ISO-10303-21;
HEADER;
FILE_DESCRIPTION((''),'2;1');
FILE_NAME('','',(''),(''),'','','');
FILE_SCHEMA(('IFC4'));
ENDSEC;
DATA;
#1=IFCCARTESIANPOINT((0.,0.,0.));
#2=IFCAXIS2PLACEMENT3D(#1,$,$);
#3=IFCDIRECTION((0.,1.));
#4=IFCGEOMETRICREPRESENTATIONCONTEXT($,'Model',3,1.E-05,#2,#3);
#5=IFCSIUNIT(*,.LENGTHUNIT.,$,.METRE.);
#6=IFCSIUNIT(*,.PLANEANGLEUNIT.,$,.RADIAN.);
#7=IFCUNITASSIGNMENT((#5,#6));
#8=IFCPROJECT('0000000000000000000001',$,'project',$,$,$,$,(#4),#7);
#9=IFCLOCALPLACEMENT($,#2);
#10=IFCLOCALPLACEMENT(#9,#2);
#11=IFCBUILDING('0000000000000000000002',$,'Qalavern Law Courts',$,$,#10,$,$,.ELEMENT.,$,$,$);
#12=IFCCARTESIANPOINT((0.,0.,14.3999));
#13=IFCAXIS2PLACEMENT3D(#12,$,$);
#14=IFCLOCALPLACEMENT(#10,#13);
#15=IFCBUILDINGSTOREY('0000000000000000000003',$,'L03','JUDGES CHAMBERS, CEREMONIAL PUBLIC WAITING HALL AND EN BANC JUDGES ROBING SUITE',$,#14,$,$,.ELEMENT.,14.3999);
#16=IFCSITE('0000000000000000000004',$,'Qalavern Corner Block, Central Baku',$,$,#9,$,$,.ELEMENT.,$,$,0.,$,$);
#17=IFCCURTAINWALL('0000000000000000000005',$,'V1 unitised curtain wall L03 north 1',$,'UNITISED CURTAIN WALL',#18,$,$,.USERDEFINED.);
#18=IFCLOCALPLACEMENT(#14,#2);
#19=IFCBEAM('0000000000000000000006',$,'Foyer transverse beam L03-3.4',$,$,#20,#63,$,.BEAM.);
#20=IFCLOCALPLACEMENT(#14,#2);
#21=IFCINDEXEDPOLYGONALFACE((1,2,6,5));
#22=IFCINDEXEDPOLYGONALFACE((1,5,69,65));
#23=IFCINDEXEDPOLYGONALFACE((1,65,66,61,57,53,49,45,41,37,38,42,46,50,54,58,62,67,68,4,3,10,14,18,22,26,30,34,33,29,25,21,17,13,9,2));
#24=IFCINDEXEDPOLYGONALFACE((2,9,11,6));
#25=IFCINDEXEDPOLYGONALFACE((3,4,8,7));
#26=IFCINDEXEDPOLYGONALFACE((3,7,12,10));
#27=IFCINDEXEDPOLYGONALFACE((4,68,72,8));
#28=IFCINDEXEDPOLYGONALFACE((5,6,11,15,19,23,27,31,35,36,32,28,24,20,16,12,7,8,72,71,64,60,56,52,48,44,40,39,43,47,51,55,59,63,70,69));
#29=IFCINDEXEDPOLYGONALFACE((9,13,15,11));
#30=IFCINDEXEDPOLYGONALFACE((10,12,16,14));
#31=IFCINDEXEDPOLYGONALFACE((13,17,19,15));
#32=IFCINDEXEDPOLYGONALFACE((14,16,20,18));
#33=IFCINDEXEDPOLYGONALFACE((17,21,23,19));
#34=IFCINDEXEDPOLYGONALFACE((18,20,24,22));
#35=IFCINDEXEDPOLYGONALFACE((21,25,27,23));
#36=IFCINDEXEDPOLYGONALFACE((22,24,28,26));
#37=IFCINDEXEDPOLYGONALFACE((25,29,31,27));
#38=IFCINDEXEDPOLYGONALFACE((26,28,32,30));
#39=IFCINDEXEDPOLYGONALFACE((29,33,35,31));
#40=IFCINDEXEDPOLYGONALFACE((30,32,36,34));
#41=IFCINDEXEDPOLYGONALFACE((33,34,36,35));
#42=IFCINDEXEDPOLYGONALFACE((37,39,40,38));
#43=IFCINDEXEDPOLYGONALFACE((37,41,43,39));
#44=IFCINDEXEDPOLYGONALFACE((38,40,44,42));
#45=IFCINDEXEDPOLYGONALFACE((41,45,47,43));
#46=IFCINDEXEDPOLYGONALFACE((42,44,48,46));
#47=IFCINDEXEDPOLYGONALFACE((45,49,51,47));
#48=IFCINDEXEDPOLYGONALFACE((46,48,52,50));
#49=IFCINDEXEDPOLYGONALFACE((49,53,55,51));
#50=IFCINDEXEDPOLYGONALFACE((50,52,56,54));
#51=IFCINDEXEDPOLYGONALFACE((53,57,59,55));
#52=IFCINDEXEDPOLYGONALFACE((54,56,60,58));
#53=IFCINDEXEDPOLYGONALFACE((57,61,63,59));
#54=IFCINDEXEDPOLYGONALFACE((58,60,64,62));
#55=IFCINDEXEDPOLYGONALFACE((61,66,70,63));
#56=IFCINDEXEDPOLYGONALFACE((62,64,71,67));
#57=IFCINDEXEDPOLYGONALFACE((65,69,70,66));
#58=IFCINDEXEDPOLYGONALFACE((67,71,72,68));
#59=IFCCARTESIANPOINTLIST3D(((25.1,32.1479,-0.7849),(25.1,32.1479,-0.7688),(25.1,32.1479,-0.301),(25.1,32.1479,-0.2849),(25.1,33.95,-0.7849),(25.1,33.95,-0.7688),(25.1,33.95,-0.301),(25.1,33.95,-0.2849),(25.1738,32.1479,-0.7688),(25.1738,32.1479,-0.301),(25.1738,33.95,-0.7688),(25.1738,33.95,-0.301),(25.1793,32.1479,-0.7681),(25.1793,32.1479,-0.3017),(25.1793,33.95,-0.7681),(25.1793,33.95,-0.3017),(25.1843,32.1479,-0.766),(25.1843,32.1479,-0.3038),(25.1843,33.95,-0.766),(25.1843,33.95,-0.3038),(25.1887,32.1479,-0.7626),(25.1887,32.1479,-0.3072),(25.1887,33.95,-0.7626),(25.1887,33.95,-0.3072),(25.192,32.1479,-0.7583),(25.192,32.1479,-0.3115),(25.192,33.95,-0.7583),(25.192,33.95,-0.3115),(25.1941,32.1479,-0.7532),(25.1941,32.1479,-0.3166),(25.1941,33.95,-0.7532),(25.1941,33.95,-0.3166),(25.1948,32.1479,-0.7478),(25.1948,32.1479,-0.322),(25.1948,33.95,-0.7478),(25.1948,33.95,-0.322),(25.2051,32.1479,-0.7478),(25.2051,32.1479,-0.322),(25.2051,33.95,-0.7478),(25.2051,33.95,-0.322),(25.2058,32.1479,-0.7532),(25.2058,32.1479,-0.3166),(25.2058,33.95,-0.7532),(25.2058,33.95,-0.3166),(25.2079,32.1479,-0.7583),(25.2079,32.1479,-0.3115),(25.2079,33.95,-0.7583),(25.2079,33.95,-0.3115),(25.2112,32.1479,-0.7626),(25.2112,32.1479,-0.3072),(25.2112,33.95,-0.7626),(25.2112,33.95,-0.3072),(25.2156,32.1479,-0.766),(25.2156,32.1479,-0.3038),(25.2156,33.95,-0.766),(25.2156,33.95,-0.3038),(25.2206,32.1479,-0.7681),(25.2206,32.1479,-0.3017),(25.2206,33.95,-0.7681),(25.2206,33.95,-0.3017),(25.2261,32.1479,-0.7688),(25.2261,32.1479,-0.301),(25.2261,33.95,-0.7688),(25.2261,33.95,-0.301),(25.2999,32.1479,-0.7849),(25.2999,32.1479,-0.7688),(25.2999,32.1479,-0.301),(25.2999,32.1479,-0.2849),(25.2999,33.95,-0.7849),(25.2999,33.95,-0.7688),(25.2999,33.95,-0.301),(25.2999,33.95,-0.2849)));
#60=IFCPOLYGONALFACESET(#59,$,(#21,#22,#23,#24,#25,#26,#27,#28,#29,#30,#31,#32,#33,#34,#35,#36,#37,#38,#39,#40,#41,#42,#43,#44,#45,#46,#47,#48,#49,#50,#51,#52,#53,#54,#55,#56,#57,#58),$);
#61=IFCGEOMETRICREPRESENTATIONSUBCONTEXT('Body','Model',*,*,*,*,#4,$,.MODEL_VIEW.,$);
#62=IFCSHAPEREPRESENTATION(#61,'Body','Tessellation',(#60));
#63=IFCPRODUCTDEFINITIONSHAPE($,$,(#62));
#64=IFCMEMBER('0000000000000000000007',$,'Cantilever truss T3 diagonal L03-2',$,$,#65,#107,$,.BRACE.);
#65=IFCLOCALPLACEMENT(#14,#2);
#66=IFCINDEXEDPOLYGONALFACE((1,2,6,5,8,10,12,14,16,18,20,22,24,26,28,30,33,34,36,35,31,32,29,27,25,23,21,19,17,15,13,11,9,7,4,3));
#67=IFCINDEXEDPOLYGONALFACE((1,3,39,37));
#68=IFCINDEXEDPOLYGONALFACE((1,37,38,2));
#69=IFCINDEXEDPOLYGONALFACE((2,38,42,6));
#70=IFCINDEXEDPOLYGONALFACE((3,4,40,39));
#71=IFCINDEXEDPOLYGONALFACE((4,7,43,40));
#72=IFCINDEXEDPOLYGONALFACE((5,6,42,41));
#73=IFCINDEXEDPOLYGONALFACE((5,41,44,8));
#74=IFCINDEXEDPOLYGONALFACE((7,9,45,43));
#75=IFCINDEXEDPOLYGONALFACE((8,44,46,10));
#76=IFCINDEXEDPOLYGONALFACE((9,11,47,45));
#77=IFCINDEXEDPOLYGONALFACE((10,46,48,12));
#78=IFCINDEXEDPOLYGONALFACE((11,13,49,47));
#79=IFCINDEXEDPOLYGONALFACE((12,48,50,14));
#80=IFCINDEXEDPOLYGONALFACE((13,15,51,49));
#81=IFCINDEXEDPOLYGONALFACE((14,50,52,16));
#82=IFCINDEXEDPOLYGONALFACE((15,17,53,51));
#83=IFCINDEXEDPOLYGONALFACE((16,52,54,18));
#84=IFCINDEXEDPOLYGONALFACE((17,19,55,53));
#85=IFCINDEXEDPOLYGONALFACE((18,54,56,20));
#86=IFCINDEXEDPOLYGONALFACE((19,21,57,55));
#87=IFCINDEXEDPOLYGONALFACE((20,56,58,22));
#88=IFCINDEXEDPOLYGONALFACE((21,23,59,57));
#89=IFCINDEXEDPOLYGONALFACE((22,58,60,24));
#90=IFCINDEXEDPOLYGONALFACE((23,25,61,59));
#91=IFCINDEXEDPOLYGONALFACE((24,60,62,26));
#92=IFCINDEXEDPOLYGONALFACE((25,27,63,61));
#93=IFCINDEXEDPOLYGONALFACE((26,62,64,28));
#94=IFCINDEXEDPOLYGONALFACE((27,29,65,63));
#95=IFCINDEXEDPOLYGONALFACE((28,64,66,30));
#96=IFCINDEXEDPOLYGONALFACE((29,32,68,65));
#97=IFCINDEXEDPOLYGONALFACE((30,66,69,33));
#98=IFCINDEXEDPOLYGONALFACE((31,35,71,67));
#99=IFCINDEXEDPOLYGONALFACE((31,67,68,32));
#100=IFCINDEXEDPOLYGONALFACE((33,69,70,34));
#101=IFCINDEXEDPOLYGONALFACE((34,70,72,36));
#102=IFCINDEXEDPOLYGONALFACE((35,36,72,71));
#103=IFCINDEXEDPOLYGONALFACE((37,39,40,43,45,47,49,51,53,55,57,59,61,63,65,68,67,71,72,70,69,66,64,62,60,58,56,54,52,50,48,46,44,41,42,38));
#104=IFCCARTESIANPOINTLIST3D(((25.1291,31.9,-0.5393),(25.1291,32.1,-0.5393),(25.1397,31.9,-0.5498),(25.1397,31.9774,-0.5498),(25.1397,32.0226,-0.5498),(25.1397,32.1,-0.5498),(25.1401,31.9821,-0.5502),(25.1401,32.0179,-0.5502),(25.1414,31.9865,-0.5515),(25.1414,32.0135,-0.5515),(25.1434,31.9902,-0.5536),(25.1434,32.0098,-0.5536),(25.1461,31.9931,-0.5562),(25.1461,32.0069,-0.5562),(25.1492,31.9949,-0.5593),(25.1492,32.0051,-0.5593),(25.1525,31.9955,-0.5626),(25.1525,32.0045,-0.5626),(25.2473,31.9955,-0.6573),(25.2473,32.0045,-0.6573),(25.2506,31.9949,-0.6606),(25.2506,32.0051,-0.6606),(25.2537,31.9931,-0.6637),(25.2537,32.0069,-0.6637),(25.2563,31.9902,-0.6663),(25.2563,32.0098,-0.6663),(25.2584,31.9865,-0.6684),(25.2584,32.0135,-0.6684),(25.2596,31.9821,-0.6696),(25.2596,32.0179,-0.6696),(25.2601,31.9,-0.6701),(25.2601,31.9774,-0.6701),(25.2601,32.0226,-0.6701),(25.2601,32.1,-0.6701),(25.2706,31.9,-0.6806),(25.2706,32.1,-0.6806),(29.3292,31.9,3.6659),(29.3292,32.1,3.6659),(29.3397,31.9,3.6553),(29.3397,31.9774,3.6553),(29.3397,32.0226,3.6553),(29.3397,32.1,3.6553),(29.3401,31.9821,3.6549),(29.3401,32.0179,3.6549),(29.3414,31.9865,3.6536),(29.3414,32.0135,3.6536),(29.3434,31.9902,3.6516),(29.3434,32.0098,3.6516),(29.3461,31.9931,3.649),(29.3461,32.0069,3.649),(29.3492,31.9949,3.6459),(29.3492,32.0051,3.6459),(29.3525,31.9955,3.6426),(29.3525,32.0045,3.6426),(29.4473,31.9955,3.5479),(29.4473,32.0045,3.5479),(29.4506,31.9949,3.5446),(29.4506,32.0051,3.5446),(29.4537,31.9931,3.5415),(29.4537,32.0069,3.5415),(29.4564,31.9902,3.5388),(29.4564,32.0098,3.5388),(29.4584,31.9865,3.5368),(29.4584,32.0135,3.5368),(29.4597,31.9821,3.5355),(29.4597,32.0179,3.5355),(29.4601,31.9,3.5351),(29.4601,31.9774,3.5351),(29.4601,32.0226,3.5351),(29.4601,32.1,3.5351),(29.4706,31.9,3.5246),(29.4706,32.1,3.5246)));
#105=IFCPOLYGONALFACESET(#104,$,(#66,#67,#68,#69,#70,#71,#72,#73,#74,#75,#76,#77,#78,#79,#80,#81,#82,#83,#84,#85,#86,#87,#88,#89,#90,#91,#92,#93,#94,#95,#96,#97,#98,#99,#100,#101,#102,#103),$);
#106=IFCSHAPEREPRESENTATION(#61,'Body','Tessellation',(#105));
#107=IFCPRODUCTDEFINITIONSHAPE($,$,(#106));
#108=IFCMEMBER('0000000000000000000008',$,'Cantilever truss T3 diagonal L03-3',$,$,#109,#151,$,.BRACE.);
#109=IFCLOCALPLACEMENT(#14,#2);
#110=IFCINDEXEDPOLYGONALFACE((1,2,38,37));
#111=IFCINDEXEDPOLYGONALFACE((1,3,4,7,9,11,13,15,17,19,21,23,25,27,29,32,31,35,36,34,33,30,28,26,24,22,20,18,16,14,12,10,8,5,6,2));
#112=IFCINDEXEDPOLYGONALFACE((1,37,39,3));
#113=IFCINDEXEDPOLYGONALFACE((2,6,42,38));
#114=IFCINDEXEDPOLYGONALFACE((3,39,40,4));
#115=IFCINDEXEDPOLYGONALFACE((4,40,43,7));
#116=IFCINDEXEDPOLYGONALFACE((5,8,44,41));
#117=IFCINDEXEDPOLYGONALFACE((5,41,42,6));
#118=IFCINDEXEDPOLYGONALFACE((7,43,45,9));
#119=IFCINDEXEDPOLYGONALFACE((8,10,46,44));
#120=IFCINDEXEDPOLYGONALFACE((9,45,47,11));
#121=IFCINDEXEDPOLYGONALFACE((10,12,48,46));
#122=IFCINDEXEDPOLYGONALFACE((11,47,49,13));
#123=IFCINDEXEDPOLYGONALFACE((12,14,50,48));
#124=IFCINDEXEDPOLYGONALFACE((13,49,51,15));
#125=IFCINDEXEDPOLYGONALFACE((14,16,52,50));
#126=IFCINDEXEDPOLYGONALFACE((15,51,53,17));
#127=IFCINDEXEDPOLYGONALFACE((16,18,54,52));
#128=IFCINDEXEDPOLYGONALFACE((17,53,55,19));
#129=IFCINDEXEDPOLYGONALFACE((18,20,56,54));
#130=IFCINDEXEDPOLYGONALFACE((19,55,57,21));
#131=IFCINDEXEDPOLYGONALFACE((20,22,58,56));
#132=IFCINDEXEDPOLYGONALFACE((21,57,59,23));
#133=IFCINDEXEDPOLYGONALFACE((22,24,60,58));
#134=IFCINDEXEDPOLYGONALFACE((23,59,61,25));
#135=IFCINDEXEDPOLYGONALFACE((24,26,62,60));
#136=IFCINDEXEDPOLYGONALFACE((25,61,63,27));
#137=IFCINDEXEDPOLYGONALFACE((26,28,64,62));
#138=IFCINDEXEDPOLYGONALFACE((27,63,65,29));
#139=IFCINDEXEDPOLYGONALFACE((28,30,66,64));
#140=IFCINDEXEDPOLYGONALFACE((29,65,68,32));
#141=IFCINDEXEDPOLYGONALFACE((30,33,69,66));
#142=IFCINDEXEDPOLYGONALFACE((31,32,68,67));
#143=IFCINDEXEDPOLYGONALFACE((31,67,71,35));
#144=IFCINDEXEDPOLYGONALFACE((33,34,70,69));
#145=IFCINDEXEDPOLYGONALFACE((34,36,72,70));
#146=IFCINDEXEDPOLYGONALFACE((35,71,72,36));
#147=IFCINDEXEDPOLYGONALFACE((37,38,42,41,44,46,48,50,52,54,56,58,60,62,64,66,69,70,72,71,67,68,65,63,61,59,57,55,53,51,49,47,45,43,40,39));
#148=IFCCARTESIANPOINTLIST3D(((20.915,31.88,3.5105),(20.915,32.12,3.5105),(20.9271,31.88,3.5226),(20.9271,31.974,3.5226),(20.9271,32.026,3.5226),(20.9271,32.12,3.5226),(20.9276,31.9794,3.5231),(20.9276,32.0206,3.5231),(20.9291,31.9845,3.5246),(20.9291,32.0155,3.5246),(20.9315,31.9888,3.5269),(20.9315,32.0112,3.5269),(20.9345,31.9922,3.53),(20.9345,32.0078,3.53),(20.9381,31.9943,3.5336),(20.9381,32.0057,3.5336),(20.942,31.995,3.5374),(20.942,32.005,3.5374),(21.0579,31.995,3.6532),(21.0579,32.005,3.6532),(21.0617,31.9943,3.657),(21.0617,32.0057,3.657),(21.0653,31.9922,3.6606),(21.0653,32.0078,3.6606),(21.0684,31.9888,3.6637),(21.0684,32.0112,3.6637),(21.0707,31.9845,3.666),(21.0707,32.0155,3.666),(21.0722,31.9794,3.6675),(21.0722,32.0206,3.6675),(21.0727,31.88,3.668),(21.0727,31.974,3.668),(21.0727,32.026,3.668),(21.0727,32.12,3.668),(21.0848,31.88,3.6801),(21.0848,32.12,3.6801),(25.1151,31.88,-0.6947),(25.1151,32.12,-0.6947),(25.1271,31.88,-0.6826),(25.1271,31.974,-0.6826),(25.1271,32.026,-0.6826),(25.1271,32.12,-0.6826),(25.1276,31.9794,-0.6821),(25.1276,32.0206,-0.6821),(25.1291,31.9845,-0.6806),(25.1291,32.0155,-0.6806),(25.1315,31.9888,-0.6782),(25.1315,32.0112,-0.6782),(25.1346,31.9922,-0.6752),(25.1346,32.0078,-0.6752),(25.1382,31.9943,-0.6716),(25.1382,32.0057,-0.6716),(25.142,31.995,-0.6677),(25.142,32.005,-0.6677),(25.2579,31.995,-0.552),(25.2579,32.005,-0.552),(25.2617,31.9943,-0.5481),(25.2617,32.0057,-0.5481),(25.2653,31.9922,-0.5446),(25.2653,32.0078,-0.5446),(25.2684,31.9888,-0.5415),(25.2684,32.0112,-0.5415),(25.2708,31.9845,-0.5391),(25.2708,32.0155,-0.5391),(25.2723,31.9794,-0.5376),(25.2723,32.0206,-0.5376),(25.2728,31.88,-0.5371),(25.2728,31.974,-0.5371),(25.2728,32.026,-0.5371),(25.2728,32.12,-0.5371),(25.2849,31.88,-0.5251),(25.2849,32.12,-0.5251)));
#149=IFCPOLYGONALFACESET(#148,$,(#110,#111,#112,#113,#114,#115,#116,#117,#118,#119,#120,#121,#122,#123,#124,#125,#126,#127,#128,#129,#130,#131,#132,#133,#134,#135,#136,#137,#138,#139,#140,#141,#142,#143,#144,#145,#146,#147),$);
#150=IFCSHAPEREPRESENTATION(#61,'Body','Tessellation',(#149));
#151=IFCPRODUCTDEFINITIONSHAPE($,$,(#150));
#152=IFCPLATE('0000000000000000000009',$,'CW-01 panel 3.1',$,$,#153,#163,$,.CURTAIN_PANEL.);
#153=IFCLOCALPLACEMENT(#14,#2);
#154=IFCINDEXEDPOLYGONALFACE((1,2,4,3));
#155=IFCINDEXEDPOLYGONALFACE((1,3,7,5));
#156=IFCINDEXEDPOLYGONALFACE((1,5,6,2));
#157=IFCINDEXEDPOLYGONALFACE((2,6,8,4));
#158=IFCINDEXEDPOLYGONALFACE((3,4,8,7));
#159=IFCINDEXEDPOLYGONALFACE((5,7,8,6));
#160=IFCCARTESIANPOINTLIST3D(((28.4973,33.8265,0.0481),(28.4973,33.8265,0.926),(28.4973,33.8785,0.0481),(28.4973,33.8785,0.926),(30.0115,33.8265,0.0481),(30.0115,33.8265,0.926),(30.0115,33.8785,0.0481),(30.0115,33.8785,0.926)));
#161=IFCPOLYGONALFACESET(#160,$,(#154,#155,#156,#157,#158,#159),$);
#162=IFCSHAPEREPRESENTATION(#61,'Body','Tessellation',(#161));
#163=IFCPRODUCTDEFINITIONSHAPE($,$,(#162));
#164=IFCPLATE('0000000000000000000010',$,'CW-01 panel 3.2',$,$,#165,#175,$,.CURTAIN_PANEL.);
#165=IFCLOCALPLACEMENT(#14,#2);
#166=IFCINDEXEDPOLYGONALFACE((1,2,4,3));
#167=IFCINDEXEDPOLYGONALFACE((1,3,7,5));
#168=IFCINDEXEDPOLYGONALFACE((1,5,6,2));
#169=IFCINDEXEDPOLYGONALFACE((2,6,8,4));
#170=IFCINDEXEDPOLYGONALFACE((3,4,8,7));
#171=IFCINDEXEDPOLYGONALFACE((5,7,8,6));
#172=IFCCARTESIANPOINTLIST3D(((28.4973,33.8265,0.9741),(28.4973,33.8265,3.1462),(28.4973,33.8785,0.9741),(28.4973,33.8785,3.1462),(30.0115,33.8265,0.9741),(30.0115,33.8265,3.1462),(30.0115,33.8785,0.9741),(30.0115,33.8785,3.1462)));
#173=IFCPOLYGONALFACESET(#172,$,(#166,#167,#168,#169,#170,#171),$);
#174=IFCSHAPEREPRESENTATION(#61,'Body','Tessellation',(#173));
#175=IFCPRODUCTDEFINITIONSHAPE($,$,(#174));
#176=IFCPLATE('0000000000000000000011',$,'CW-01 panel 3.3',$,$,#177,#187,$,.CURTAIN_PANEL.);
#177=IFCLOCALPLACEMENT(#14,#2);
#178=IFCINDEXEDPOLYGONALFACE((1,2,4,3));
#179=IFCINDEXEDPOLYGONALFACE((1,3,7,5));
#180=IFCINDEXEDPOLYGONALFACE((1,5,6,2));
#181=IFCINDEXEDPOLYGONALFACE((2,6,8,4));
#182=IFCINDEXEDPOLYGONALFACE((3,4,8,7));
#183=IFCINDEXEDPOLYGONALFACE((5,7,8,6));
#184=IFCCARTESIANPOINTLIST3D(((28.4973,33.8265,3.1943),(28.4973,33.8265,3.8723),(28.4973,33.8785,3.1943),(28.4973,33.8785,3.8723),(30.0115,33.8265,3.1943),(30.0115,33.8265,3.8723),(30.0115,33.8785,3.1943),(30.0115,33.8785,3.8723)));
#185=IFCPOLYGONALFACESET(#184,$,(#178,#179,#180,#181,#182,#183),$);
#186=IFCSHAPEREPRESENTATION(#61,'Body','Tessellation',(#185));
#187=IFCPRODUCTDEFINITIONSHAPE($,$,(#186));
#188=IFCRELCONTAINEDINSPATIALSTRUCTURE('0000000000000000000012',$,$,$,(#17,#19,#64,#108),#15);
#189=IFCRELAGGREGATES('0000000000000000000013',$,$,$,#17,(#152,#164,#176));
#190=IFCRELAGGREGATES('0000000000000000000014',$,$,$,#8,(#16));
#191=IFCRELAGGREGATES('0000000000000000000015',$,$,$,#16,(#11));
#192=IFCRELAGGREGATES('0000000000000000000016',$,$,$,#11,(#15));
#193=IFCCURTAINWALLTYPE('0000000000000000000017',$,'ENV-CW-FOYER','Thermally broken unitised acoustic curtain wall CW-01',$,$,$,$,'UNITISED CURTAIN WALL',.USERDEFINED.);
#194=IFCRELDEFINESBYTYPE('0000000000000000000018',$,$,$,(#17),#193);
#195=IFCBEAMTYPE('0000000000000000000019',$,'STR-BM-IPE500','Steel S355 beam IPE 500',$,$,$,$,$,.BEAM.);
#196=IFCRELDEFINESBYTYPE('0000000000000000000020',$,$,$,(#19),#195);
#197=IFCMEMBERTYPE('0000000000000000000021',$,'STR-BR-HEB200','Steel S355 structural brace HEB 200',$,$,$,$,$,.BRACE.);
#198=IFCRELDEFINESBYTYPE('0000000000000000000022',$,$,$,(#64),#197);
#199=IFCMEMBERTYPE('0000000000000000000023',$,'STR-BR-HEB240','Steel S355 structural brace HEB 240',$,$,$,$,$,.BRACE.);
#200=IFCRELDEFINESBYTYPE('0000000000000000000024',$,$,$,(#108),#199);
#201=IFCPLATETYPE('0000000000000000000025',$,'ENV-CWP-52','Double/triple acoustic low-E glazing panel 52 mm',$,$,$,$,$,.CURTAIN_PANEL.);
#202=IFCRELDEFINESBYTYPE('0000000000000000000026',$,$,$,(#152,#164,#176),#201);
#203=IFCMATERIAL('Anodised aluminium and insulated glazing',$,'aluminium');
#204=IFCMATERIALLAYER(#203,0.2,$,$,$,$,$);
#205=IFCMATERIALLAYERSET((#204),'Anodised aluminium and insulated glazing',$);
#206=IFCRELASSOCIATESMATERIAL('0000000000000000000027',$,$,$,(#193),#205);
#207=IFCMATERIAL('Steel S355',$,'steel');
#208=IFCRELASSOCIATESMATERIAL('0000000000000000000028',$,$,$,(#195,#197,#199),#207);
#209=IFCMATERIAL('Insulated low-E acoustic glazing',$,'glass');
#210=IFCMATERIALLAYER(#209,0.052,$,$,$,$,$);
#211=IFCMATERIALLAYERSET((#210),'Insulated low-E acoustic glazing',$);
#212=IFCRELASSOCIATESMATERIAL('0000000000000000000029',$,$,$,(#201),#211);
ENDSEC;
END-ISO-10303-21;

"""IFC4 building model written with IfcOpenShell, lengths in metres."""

from ifc_helpers import new_model, si_unit, direction, frame, origin, origin_2d, place, context, subcontext, project, spatial, rectangle, i_section, extrude, material, layer, layer_set, material_profile, profile_set, type_object, element, aggregate, save


model = new_model("IFC4")

# Units and contexts
model_context = context("Model", 3, precision=1e-05, world=origin(), true_north=direction((0.0, 1.0)))
body_context = subcontext(model_context, "Body", "Model", "MODEL_VIEW")
ifc_project = project(units=[si_unit("LENGTHUNIT", "METRE"), si_unit("PLANEANGLEUNIT", "RADIAN")], contexts=[model_context])

# Site, building, storey
site_placement = place(None, origin())
site = spatial("IfcSite", under=ifc_project, at=site_placement, Name="Qalavern Corner Block, Central Baku", CompositionType="ELEMENT", RefElevation=0.0)
building_placement = place(site_placement, origin())
building = spatial("IfcBuilding", under=site, at=building_placement, Name="Qalavern Law Courts", CompositionType="ELEMENT")
storey_placement = place(building_placement, frame((0.0, 0.0, 14.3999)))
storey = spatial("IfcBuildingStorey", under=building, at=storey_placement, Name="L03", Description="JUDGES CHAMBERS, CEREMONIAL PUBLIC WAITING HALL AND EN BANC JUDGES ROBING SUITE", CompositionType="ELEMENT", Elevation=14.3999)

# Curtain wall
ifc_material_1 = material(Name="Anodised aluminium and insulated glazing", Category="aluminium")
ifc_layer_1 = layer(ifc_material_1, 0.2)
ifc_layer_set_1 = layer_set([ifc_layer_1], Name="Anodised aluminium and insulated glazing")
curtain_wall_type = type_object("IfcCurtainWallType", Name="ENV-CW-FOYER", Description="Thermally broken unitised acoustic curtain wall CW-01", ElementType="UNITISED CURTAIN WALL", PredefinedType="USERDEFINED", material=ifc_layer_set_1)
curtain_wall_placement = place(storey_placement, origin())
curtain_wall = element("IfcCurtainWall", 1, at=curtain_wall_placement, inside=storey, type_object=curtain_wall_type, Name="V1 unitised curtain wall L03 north 1", ObjectType="UNITISED CURTAIN WALL", PredefinedType="USERDEFINED")

# Beam
ifc_material_2 = material(Name="Steel S355", Category="steel")
ifc_material_profile_1 = material_profile(ifc_material_2, i_section(OverallWidth=0.2, OverallDepth=0.5, WebThickness=0.0103, FlangeThickness=0.0161, FilletRadius=0.021, at=origin_2d()), Name="IPE 500")
ifc_profile_set_1 = profile_set([ifc_material_profile_1], Name="Steel S355")
beam_type = type_object("IfcBeamType", Name="STR-BM-IPE500", Description="Steel S355 beam IPE 500", PredefinedType="BEAM", material=ifc_profile_set_1)
beam_placement = place(storey_placement, frame((25.2, 32.1479, -0.5349), z_axis=(0.0, 1.0, 0.0), x_axis=(-1.0, 0.0, 0.0)))
element("IfcBeam", 2, at=beam_placement, inside=storey, type_object=beam_type, Name="Foyer transverse beam L03-3.4", PredefinedType="BEAM", context=body_context, shape_type="SweptSolid", body=[
    extrude(i_section(OverallWidth=0.2, OverallDepth=0.5, WebThickness=0.0103, FlangeThickness=0.0161, FilletRadius=0.021, at=origin_2d()), origin(), (0.0, 0.0, 1.0), 1.802),
])

# Members
ifc_material_profile_2 = material_profile(ifc_material_2, i_section(OverallWidth=0.2, OverallDepth=0.2, WebThickness=0.009, FlangeThickness=0.0149, FilletRadius=0.0181, at=origin_2d()), Name="HEB 200")
ifc_profile_set_2 = profile_set([ifc_material_profile_2], Name="Steel S355")
member_type_1 = type_object("IfcMemberType", Name="STR-BR-HEB200", Description="Steel S355 structural brace HEB 200", PredefinedType="BRACE", material=ifc_profile_set_2)
member_1_placement = place(storey_placement, frame((29.3999, 32.0, 3.5952), z_axis=(-0.706675, 0.0, -0.707538), x_axis=(0.0, -1.0, 0.0)))
element("IfcMember", 3, at=member_1_placement, inside=storey, type_object=member_type_1, Name="Cantilever truss T3 diagonal L03-2", PredefinedType="BRACE", context=body_context, shape_type="SweptSolid", body=[
    extrude(i_section(OverallWidth=0.2, OverallDepth=0.2, WebThickness=0.009, FlangeThickness=0.0149, FilletRadius=0.0181, at=origin_2d()), origin(), (0.0, 0.0, 1.0), 5.9434),
])
ifc_material_profile_3 = material_profile(ifc_material_2, i_section(OverallWidth=0.24, OverallDepth=0.24, WebThickness=0.01, FlangeThickness=0.0171, FilletRadius=0.021, at=origin_2d()), Name="HEB 240")
ifc_profile_set_3 = profile_set([ifc_material_profile_3], Name="Steel S355")
member_type_2 = type_object("IfcMemberType", Name="STR-BR-HEB240", Description="Steel S355 structural brace HEB 240", PredefinedType="BRACE", material=ifc_profile_set_3)
member_2_placement = place(storey_placement, frame((25.2, 32.0, -0.6099), z_axis=(-0.706675, 0.0, 0.707538), x_axis=(0.0, -1.0, 0.0)))
element("IfcMember", 4, at=member_2_placement, inside=storey, type_object=member_type_2, Name="Cantilever truss T3 diagonal L03-3", PredefinedType="BRACE", context=body_context, shape_type="SweptSolid", body=[
    extrude(i_section(OverallWidth=0.24, OverallDepth=0.24, WebThickness=0.01, FlangeThickness=0.0171, FilletRadius=0.021, at=origin_2d()), origin(), (0.0, 0.0, 1.0), 5.9434),
])

# Plates
ifc_material_3 = material(Name="Insulated low-E acoustic glazing", Category="glass")
ifc_layer_2 = layer(ifc_material_3, 0.052)
ifc_layer_set_2 = layer_set([ifc_layer_2], Name="Insulated low-E acoustic glazing")
plate_type_1 = type_object("IfcPlateType", Name="ENV-CWP-52", Description="Double/triple acoustic low-E glazing panel 52 mm", PredefinedType="CURTAIN_PANEL", material=ifc_layer_set_2)
plate_1_placement = place(storey_placement, frame((29.2544, 33.8525, 0.0481), z_axis=(0.0, 0.0, 1.0), x_axis=(-1.0, 0.0, 0.0)))
plate_1 = element("IfcPlate", 5, at=plate_1_placement, type_object=plate_type_1, Name="CW-01 panel 3.1", PredefinedType="CURTAIN_PANEL", context=body_context, shape_type="SweptSolid", body=[
    extrude(rectangle(XDim=1.5142, YDim=0.052, at=origin_2d()), origin(), (0.0, 0.0, 1.0), 0.8779),
])
plate_2_placement = place(storey_placement, frame((29.2544, 33.8525, 0.9741), z_axis=(0.0, 0.0, 1.0), x_axis=(-1.0, 0.0, 0.0)))
plate_2 = element("IfcPlate", 6, at=plate_2_placement, type_object=plate_type_1, Name="CW-01 panel 3.2", PredefinedType="CURTAIN_PANEL", context=body_context, shape_type="SweptSolid", body=[
    extrude(rectangle(XDim=1.5142, YDim=0.052, at=origin_2d()), origin(), (0.0, 0.0, 1.0), 2.1721),
])
plate_3_placement = place(storey_placement, frame((29.2544, 33.8525, 3.1943), z_axis=(0.0, 0.0, 1.0), x_axis=(-1.0, 0.0, 0.0)))
plate_3 = element("IfcPlate", 7, at=plate_3_placement, type_object=plate_type_1, Name="CW-01 panel 3.3", PredefinedType="CURTAIN_PANEL", context=body_context, shape_type="SweptSolid", body=[
    extrude(rectangle(XDim=1.5142, YDim=0.052, at=origin_2d()), origin(), (0.0, 0.0, 1.0), 0.678),
])
aggregate(curtain_wall, [plate_1, plate_2, plate_3])

save(model, "model.ifc")
